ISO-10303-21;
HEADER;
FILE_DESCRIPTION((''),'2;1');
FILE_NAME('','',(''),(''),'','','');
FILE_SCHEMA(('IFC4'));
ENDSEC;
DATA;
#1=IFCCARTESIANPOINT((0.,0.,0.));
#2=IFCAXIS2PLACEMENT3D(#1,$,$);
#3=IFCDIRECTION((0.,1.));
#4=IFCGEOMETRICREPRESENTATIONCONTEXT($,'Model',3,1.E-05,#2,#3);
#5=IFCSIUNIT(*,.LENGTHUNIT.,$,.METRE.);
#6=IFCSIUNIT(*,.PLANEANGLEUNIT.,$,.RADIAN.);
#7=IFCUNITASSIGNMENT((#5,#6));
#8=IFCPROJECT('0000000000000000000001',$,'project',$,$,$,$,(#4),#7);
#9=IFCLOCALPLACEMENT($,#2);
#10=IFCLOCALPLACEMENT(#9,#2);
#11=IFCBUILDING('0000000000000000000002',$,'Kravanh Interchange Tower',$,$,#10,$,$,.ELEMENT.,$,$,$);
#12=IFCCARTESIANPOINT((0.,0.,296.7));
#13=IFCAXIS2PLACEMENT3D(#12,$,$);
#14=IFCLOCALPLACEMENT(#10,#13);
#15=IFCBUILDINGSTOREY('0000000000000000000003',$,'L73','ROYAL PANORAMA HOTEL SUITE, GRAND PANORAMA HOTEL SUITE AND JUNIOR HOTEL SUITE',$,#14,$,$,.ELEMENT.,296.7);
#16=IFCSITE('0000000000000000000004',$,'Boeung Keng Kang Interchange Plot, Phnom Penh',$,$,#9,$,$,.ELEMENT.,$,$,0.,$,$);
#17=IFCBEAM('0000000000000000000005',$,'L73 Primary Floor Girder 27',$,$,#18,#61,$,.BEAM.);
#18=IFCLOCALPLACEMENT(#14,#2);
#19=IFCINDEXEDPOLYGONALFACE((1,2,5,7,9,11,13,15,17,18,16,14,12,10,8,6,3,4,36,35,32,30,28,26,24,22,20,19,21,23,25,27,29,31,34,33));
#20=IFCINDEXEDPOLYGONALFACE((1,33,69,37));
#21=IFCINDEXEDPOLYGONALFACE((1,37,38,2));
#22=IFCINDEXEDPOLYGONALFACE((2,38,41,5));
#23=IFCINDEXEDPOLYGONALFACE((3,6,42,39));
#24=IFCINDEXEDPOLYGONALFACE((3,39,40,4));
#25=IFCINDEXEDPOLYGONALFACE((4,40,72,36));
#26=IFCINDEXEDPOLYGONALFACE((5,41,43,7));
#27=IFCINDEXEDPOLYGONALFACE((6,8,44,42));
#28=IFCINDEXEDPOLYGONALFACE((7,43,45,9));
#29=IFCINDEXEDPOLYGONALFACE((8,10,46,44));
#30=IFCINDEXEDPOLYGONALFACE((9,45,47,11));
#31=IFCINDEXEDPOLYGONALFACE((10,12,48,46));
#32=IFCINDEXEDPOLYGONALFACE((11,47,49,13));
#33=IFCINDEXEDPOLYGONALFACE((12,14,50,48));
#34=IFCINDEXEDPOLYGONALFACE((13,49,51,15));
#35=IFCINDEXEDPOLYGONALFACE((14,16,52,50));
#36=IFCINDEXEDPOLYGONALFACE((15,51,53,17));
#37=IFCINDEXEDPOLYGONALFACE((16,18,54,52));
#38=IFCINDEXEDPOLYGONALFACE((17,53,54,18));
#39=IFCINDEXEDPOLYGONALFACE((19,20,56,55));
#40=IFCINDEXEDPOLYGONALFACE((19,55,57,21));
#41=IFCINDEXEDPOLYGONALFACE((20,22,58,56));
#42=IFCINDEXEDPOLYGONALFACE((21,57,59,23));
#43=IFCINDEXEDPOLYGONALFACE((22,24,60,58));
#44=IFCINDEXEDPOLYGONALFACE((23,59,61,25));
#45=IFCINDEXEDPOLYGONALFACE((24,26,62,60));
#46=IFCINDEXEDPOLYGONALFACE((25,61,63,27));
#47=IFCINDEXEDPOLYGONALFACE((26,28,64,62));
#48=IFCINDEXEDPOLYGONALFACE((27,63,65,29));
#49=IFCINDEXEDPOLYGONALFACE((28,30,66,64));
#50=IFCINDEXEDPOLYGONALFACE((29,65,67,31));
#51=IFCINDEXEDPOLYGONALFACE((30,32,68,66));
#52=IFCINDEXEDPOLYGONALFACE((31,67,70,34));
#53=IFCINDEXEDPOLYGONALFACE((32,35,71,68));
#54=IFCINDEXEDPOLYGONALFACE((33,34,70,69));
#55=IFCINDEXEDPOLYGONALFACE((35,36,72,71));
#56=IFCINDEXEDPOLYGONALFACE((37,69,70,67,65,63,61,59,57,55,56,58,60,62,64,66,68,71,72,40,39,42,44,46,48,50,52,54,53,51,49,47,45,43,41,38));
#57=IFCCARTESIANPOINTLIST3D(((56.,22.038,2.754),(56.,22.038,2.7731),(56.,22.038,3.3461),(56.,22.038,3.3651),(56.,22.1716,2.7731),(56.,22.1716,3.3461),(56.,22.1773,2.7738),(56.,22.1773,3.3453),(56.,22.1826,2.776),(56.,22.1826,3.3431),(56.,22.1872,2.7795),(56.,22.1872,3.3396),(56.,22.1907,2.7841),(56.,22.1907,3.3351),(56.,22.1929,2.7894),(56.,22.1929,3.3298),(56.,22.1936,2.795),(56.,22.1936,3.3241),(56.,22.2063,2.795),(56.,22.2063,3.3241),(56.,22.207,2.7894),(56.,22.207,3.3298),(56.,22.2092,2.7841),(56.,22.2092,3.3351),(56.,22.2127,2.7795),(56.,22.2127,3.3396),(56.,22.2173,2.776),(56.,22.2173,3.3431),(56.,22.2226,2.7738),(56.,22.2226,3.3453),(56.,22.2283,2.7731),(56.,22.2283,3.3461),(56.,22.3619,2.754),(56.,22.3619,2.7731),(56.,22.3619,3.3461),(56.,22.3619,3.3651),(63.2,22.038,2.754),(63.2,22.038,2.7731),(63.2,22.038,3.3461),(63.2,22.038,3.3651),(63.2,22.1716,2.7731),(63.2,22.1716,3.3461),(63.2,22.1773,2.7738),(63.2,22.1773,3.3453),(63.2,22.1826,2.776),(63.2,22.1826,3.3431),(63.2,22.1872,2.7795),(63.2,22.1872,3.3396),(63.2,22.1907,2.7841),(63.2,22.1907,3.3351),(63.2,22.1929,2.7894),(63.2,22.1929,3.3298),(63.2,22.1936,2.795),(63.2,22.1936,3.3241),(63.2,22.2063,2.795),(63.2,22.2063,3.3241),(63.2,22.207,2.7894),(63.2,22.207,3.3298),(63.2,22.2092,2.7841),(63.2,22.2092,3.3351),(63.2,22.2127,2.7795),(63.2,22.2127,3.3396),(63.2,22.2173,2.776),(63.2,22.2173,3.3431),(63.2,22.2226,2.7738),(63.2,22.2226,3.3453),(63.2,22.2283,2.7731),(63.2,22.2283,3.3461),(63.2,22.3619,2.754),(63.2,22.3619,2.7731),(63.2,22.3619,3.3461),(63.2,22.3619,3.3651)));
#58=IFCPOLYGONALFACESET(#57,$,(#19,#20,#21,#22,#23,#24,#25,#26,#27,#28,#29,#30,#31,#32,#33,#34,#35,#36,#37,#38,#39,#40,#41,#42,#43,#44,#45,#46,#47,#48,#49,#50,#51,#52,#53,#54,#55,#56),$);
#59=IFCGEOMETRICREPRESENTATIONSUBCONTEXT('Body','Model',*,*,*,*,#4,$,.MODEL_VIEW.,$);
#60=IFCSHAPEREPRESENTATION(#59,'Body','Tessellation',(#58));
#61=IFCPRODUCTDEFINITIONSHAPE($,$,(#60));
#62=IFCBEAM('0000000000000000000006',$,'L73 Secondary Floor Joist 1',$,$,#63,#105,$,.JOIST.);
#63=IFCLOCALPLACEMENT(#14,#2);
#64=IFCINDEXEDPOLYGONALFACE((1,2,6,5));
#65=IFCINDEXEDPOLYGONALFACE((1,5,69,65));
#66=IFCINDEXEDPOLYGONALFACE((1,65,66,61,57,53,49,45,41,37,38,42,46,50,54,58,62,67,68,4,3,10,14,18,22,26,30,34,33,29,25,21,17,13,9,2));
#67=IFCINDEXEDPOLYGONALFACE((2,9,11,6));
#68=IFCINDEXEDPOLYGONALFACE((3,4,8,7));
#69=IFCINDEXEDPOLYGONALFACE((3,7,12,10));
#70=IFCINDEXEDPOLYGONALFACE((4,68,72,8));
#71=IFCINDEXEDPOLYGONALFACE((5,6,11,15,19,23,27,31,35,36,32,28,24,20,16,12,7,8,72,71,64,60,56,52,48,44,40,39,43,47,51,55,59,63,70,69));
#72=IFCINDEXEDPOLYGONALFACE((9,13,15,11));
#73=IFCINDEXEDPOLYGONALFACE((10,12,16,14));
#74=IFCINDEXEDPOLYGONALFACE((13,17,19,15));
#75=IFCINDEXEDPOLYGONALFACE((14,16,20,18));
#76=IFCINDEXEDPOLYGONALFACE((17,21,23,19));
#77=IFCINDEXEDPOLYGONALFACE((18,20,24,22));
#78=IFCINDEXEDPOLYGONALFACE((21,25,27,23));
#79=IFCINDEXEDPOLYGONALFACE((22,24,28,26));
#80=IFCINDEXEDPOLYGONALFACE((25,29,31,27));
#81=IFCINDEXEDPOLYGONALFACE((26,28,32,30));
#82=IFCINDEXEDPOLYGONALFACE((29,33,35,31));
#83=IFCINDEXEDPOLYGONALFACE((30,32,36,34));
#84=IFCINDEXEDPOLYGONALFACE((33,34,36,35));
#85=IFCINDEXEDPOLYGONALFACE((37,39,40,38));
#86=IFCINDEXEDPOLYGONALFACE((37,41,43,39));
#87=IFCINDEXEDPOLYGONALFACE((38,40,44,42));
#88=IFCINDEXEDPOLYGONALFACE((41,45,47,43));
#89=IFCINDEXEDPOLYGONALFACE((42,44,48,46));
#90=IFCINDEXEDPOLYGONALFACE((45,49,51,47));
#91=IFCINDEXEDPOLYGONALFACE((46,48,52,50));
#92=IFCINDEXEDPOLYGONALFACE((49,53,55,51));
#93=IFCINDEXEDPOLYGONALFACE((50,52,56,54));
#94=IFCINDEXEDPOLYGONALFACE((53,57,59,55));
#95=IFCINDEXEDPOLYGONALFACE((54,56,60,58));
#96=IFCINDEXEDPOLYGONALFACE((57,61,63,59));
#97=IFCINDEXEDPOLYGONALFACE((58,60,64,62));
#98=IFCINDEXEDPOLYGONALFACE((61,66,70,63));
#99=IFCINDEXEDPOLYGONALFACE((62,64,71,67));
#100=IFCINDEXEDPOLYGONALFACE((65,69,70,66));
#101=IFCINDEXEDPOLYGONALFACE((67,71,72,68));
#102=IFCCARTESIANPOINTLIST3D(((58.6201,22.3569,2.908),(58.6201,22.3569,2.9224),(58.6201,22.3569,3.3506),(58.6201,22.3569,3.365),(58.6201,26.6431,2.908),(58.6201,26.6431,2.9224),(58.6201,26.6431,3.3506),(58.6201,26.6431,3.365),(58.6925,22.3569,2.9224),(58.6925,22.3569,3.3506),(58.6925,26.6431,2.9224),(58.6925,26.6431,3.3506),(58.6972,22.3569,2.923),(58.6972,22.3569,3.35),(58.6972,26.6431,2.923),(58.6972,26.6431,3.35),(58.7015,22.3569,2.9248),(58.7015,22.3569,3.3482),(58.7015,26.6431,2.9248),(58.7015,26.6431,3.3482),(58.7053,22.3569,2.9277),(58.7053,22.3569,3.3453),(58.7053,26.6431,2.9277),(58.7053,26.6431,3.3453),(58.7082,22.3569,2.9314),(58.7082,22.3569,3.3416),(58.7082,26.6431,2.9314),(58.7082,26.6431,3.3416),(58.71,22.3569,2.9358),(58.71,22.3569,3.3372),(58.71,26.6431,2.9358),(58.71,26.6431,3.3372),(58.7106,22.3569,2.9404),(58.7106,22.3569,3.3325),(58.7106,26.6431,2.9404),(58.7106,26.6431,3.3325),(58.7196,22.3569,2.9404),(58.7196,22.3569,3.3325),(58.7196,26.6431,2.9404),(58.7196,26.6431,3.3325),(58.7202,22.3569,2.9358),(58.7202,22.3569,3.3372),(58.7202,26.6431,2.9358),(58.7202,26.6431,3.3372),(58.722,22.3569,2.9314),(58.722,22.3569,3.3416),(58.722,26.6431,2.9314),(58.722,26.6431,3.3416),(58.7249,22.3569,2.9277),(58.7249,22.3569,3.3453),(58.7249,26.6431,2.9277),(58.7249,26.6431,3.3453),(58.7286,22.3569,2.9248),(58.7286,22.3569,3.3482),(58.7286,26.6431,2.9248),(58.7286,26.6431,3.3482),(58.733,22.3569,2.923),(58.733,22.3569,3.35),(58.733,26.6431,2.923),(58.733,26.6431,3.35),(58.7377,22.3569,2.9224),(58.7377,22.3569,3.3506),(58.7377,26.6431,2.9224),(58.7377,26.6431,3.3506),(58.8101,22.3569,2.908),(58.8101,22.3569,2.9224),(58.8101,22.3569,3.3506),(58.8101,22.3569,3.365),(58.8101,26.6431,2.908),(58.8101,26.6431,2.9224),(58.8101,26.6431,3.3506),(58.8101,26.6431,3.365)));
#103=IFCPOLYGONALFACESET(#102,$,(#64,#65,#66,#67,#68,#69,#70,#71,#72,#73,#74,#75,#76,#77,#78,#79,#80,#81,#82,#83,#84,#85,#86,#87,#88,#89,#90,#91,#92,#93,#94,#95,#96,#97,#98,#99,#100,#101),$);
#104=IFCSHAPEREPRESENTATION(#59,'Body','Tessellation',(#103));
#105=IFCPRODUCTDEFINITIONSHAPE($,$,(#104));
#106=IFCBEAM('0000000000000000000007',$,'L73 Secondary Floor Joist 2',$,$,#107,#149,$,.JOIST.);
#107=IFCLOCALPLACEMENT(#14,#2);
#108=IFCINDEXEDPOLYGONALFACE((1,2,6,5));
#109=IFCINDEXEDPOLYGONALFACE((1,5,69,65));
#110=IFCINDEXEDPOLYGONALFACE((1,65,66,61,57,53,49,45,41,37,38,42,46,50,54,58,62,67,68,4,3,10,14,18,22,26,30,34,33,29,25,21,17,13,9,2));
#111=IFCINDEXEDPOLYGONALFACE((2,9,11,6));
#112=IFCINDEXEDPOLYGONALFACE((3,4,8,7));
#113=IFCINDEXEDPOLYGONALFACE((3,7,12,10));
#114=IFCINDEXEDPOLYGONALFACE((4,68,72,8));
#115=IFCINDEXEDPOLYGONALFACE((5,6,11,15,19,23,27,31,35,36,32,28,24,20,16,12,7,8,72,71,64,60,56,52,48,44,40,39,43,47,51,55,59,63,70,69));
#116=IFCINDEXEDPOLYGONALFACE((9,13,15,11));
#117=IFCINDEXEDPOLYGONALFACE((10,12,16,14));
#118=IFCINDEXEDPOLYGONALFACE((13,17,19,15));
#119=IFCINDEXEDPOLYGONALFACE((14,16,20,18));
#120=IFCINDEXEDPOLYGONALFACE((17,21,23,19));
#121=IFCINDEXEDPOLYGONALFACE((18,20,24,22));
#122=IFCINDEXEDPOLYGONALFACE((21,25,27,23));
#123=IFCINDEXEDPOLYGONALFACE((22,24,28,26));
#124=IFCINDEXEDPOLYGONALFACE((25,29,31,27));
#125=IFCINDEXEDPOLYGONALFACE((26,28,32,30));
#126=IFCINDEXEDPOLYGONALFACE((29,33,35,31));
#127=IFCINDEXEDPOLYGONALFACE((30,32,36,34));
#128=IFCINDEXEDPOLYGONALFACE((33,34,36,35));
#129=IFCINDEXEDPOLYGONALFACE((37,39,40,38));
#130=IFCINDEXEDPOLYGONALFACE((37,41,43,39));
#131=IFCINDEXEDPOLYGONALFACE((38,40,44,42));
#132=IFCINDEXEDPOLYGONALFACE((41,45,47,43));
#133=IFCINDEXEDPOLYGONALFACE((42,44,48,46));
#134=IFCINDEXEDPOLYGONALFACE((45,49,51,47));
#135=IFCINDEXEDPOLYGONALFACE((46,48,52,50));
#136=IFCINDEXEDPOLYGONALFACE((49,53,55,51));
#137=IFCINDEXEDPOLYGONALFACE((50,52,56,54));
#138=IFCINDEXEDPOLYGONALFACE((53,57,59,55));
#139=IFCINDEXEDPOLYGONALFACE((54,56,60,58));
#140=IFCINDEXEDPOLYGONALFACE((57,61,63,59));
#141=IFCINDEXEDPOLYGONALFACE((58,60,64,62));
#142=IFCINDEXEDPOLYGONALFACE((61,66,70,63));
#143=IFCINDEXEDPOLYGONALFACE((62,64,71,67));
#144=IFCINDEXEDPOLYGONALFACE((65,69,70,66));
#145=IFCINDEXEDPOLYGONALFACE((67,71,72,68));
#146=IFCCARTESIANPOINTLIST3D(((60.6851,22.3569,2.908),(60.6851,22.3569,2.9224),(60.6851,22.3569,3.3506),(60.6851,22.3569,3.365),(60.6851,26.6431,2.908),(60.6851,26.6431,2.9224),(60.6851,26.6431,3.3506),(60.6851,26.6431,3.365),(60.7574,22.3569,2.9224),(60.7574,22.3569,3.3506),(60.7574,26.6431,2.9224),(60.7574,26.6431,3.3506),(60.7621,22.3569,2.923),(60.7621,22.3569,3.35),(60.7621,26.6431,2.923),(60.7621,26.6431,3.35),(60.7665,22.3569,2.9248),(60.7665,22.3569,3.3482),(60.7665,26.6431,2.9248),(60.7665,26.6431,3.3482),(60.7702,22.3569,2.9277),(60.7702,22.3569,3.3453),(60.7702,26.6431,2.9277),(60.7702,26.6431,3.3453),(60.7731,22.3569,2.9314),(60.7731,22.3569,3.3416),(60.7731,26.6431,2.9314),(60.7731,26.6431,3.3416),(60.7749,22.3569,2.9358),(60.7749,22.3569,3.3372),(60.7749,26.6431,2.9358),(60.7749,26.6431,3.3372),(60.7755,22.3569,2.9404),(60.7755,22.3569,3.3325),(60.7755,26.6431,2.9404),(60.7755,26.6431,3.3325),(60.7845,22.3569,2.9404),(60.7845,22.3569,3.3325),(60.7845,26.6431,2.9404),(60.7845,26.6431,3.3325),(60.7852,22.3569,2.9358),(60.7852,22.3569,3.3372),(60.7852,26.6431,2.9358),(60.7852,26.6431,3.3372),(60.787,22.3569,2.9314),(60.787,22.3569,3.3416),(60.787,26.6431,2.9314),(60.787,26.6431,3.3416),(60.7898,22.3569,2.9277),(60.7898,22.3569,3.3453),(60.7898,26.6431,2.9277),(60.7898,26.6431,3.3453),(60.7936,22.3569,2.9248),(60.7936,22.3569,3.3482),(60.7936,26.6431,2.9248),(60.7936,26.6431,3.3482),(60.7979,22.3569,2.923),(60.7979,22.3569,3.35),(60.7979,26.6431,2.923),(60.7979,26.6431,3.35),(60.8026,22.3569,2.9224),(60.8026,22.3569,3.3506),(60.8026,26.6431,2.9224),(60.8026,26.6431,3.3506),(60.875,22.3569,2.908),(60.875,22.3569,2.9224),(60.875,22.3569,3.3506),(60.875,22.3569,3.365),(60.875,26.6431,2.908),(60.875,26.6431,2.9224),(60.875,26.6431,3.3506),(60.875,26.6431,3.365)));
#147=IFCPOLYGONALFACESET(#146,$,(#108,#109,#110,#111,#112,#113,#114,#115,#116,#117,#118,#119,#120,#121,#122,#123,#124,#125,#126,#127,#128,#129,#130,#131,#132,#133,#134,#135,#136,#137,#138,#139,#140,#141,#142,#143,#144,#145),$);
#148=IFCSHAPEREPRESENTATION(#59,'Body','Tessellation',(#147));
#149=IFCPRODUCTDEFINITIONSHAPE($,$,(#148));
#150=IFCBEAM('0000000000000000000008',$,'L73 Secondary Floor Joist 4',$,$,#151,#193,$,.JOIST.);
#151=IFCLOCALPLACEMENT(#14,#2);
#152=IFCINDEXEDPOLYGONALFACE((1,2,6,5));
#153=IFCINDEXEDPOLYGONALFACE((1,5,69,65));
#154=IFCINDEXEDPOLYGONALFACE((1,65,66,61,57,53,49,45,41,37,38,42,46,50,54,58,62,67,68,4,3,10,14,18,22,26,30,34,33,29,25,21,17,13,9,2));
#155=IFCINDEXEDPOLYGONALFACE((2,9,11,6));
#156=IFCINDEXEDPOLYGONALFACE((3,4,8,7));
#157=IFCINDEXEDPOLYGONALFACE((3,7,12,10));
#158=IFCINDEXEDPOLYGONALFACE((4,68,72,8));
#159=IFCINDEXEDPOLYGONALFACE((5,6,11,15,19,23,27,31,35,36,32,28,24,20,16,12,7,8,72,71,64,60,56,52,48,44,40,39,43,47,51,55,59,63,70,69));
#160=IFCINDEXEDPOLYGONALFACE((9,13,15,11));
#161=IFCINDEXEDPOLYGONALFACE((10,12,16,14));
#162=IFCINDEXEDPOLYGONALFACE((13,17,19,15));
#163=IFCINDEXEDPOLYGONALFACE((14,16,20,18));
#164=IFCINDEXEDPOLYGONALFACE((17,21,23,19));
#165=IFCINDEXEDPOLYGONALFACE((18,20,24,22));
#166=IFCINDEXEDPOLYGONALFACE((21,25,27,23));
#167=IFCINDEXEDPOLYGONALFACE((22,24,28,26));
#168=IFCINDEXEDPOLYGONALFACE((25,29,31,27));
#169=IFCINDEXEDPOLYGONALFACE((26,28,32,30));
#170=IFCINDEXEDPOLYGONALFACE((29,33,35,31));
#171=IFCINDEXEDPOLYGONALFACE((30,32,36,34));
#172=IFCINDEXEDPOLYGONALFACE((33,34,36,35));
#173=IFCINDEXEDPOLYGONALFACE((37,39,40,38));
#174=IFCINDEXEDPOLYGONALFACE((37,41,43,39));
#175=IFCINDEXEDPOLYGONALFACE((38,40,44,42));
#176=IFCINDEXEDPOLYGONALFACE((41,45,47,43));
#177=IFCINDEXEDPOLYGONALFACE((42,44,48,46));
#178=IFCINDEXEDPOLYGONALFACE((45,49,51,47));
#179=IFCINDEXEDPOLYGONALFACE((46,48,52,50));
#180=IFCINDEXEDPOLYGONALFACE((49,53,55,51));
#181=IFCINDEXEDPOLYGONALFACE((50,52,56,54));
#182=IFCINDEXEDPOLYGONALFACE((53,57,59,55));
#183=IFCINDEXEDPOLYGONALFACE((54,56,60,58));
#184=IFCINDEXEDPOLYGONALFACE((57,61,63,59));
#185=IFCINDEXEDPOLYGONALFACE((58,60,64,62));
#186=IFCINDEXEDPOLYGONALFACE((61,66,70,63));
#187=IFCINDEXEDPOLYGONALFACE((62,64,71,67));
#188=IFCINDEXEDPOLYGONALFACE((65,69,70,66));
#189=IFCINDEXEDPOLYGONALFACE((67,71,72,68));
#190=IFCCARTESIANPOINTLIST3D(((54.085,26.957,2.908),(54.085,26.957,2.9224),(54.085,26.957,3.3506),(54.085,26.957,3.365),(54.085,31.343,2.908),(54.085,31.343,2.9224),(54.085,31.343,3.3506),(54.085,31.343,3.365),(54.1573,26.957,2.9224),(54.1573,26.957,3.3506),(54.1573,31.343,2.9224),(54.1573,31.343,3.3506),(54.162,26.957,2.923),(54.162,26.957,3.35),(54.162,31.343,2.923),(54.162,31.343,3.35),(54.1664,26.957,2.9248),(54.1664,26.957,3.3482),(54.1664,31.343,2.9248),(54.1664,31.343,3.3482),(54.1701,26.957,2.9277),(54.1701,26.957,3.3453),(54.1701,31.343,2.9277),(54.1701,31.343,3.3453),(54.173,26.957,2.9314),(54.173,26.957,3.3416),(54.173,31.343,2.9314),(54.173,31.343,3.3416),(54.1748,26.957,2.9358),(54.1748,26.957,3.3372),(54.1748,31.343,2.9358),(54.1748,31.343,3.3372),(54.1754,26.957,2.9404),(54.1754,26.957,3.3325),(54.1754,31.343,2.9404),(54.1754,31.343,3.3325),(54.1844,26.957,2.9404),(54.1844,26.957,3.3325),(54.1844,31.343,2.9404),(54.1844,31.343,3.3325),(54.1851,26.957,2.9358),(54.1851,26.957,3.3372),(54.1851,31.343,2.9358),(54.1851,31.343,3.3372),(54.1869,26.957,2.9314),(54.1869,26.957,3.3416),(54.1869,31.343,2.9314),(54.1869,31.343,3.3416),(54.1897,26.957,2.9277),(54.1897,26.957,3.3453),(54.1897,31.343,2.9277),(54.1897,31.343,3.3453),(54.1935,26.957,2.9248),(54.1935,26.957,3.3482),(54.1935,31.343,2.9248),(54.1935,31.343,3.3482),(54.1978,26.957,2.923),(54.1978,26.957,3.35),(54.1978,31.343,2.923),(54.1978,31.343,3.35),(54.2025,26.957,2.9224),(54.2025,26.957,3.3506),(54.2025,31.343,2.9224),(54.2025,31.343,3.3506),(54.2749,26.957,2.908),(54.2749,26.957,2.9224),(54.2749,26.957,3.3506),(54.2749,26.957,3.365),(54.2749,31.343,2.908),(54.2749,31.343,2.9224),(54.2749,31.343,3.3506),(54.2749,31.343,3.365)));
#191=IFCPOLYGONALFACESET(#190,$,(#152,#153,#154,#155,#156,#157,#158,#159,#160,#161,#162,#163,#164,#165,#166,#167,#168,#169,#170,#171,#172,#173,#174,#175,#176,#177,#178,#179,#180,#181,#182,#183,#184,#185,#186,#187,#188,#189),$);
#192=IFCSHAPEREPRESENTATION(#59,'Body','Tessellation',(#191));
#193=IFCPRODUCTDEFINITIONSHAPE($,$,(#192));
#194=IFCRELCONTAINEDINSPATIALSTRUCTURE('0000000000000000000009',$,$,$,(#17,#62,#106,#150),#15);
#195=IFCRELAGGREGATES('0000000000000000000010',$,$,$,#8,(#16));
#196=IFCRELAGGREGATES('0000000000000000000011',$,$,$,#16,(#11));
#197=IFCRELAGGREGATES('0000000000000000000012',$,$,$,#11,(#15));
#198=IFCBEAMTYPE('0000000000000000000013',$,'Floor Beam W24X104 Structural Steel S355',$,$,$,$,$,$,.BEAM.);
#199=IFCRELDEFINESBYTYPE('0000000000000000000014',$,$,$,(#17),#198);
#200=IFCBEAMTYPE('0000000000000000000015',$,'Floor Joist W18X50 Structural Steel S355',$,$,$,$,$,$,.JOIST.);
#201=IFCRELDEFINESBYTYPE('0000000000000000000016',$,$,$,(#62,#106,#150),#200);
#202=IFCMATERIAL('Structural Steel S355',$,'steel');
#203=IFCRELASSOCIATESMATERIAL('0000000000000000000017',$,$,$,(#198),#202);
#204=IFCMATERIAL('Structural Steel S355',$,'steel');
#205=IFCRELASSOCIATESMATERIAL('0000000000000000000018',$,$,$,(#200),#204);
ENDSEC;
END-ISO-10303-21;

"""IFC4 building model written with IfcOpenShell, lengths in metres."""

from ifc_helpers import new_model, si_unit, direction, frame, origin, origin_2d, place, context, subcontext, project, spatial, i_section, extrude, material, material_profile, profile_set, type_object, element, save


model = new_model("IFC4")

# Units and contexts
model_context = context("Model", 3, precision=1e-05, world=origin(), true_north=direction((0.0, 1.0)))
body_context = subcontext(model_context, "Body", "Model", "MODEL_VIEW")
ifc_project = project(units=[si_unit("LENGTHUNIT", "METRE"), si_unit("PLANEANGLEUNIT", "RADIAN")], contexts=[model_context])

# Site, building, storey
site_placement = place(None, origin())
site = spatial("IfcSite", under=ifc_project, at=site_placement, Name="Boeung Keng Kang Interchange Plot, Phnom Penh", CompositionType="ELEMENT", RefElevation=0.0)
building_placement = place(site_placement, origin())
building = spatial("IfcBuilding", under=site, at=building_placement, Name="Kravanh Interchange Tower", CompositionType="ELEMENT")
storey_placement = place(building_placement, frame((0.0, 0.0, 296.7)))
storey = spatial("IfcBuildingStorey", under=building, at=storey_placement, Name="L73", Description="ROYAL PANORAMA HOTEL SUITE, GRAND PANORAMA HOTEL SUITE AND JUNIOR HOTEL SUITE", CompositionType="ELEMENT", Elevation=296.7)

# Beams
ifc_material_1 = material(Name="Structural Steel S355", Category="steel")
ifc_material_profile_1 = material_profile(ifc_material_1, i_section(OverallWidth=0.324, OverallDepth=0.6111, WebThickness=0.0127, FlangeThickness=0.019, FilletRadius=0.022, at=origin_2d()), Name="W24X104")
ifc_profile_set_1 = profile_set([ifc_material_profile_1], Name="Structural Steel S355")
beam_type_1 = type_object("IfcBeamType", Name="Floor Beam W24X104 Structural Steel S355", PredefinedType="BEAM", material=ifc_profile_set_1)
beam_1_placement = place(storey_placement, frame((56.0, 22.2, 3.0596), z_axis=(1.0, 0.0, 0.0), x_axis=(0.0, 1.0, 0.0)))
element("IfcBeam", 1, at=beam_1_placement, inside=storey, type_object=beam_type_1, Name="L73 Primary Floor Girder 27", PredefinedType="BEAM", context=body_context, shape_type="SweptSolid", body=[
    extrude(i_section(OverallWidth=0.324, OverallDepth=0.6111, WebThickness=0.0127, FlangeThickness=0.019, FilletRadius=0.022, at=origin_2d()), origin(), (0.0, 0.0, 1.0), 7.2),
])
ifc_material_2 = material(Name="Structural Steel S355", Category="steel")
ifc_material_profile_2 = material_profile(ifc_material_2, i_section(OverallWidth=0.1899, OverallDepth=0.457, WebThickness=0.009, FlangeThickness=0.0144, FilletRadius=0.0181, at=origin_2d()), Name="W18X50")
ifc_profile_set_2 = profile_set([ifc_material_profile_2], Name="Structural Steel S355")
beam_type_2 = type_object("IfcBeamType", Name="Floor Joist W18X50 Structural Steel S355", PredefinedType="JOIST", material=ifc_profile_set_2)
for number, where, z_axis, x_axis, name in (
    (2, (58.7151, 22.3569, 3.1365), (0.0, 1.0, 0.0), (-1.0, 0.0, 0.0), "L73 Secondary Floor Joist 1"),
    (3, (60.78, 22.3569, 3.1365), (0.0, 1.0, 0.0), (-1.0, 0.0, 0.0), "L73 Secondary Floor Joist 2"),
):
    element("IfcBeam", number, at=place(storey_placement, frame(where, z_axis=z_axis, x_axis=x_axis)), inside=storey, type_object=beam_type_2, Name=name, PredefinedType="JOIST", context=body_context, shape_type="SweptSolid", body=[
        extrude(i_section(OverallWidth=0.1899, OverallDepth=0.457, WebThickness=0.009, FlangeThickness=0.0144, FilletRadius=0.0181, at=origin_2d()), origin(), (0.0, 0.0, 1.0), 4.2861),
    ])
for number, where, z_axis, x_axis, name in (
    (4, (54.1799, 26.957, 3.1365), (0.0, 1.0, 0.0), (-1.0, 0.0, 0.0), "L73 Secondary Floor Joist 4"),
):
    element("IfcBeam", number, at=place(storey_placement, frame(where, z_axis=z_axis, x_axis=x_axis)), inside=storey, type_object=beam_type_2, Name=name, PredefinedType="JOIST", context=body_context, shape_type="SweptSolid", body=[
        extrude(i_section(OverallWidth=0.1899, OverallDepth=0.457, WebThickness=0.009, FlangeThickness=0.0144, FilletRadius=0.0181, at=origin_2d()), origin(), (0.0, 0.0, 1.0), 4.386),
    ])

save(model, "model.ifc")
